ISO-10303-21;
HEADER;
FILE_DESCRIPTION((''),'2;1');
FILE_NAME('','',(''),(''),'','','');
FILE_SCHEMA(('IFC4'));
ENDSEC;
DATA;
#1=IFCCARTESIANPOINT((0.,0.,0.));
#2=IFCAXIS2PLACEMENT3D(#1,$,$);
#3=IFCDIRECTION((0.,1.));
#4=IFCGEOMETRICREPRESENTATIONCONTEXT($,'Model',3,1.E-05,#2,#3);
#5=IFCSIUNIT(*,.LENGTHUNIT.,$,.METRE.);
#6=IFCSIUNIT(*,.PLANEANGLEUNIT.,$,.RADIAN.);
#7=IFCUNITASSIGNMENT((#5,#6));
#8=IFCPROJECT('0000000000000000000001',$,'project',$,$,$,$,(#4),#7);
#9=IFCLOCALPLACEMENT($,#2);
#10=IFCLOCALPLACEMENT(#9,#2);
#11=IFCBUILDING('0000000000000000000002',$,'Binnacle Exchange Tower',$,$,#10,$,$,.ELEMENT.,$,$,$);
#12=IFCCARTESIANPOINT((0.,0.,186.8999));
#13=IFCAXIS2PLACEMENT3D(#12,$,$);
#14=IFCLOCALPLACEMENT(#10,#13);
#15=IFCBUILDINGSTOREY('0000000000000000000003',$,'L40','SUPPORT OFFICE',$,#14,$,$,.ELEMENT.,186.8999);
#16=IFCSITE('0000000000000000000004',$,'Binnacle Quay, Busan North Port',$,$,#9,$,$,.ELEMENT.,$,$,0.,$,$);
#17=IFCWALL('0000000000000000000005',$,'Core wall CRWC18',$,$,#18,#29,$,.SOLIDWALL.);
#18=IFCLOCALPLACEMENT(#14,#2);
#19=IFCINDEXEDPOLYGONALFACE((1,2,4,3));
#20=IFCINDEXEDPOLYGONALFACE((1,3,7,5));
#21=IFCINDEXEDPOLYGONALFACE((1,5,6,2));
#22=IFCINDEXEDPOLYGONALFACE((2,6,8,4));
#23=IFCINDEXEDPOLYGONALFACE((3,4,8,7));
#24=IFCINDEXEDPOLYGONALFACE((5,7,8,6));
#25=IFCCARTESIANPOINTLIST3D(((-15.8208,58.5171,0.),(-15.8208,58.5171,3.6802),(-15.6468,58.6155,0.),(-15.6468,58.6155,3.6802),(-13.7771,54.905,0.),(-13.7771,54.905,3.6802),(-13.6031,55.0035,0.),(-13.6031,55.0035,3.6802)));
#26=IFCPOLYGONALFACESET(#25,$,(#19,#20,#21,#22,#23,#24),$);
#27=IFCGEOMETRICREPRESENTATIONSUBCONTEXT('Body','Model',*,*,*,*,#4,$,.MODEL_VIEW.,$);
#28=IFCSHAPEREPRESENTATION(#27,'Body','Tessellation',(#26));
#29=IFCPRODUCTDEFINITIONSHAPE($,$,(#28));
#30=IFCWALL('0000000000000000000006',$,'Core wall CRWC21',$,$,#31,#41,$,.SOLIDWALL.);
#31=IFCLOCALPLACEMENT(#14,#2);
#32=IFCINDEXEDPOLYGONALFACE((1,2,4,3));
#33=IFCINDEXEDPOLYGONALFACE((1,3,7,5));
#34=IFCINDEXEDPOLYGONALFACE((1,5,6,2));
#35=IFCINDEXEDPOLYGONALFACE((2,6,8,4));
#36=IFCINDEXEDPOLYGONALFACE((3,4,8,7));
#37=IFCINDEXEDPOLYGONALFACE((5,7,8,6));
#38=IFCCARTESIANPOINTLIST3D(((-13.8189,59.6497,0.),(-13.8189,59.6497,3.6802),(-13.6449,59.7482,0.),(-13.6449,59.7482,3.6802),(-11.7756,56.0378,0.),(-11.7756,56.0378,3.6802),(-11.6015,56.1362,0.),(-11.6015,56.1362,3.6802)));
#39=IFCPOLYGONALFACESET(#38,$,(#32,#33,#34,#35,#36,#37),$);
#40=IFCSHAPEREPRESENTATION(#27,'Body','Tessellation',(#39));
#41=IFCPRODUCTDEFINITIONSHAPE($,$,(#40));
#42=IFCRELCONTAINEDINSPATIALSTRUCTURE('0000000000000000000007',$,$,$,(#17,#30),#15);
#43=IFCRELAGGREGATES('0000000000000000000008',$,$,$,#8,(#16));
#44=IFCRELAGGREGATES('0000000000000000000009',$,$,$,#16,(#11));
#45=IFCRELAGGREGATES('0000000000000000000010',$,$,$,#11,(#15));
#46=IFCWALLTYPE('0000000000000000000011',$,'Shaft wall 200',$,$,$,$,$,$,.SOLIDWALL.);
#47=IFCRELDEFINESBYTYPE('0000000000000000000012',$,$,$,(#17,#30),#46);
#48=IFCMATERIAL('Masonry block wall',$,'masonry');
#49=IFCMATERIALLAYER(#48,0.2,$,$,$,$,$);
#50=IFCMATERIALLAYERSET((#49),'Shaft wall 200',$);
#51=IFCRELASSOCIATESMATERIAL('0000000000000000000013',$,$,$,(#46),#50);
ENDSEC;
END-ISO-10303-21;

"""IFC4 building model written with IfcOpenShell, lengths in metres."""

from ifc_helpers import new_model, si_unit, direction, frame, frame_2d, origin, place, context, subcontext, project, spatial, rectangle, extrude, material, layer, layer_set, type_object, element, save


model = new_model("IFC4")

# Units and contexts
model_context = context("Model", 3, precision=1e-05, world=origin(), true_north=direction((0.0, 1.0)))
body_context = subcontext(model_context, "Body", "Model", "MODEL_VIEW")
ifc_project = project(units=[si_unit("LENGTHUNIT", "METRE"), si_unit("PLANEANGLEUNIT", "RADIAN")], contexts=[model_context])

# Site, building, storey
site_placement = place(None, origin())
site = spatial("IfcSite", under=ifc_project, at=site_placement, Name="Binnacle Quay, Busan North Port", CompositionType="ELEMENT", RefElevation=0.0)
building_placement = place(site_placement, origin())
building = spatial("IfcBuilding", under=site, at=building_placement, Name="Binnacle Exchange Tower", CompositionType="ELEMENT")
storey_placement = place(building_placement, frame((0.0, 0.0, 186.8999)))
storey = spatial("IfcBuildingStorey", under=building, at=storey_placement, Name="L40", Description="SUPPORT OFFICE", CompositionType="ELEMENT", Elevation=186.8999)

# Walls
ifc_material_1 = material(Name="Masonry block wall", Category="masonry")
ifc_layer_1 = layer(ifc_material_1, 0.2)
ifc_layer_set_1 = layer_set([ifc_layer_1], Name="Shaft wall 200")
wall_type_1 = type_object("IfcWallType", Name="Shaft wall 200", PredefinedType="SOLIDWALL", material=ifc_layer_set_1)
wall_1_placement = place(storey_placement, frame((-15.7339, 58.5664, 0.0), z_axis=(0.0, 0.0, 1.0), x_axis=(0.492441, -0.870346, 0.0)))
element("IfcWall", 1, at=wall_1_placement, inside=storey, type_object=wall_type_1, Name="Core wall CRWC18", PredefinedType="SOLIDWALL", context=body_context, shape_type="SweptSolid", body=[
    extrude(rectangle(XDim=4.1501, YDim=0.2, at=frame_2d((2.0752, 0.0))), origin(), (0.0, 0.0, 1.0), 3.6802),
])
wall_2_placement = place(storey_placement, frame((-13.7319, 59.699, 0.0), z_axis=(0.0, 0.0, 1.0), x_axis=(0.492396, -0.870371, 0.0)))
element("IfcWall", 2, at=wall_2_placement, inside=storey, type_object=wall_type_1, Name="Core wall CRWC21", PredefinedType="SOLIDWALL", context=body_context, shape_type="SweptSolid", body=[
    extrude(rectangle(XDim=4.1499, YDim=0.2, at=frame_2d((2.075, 0.0))), origin(), (0.0, 0.0, 1.0), 3.6802),
])

save(model, "model.ifc")
